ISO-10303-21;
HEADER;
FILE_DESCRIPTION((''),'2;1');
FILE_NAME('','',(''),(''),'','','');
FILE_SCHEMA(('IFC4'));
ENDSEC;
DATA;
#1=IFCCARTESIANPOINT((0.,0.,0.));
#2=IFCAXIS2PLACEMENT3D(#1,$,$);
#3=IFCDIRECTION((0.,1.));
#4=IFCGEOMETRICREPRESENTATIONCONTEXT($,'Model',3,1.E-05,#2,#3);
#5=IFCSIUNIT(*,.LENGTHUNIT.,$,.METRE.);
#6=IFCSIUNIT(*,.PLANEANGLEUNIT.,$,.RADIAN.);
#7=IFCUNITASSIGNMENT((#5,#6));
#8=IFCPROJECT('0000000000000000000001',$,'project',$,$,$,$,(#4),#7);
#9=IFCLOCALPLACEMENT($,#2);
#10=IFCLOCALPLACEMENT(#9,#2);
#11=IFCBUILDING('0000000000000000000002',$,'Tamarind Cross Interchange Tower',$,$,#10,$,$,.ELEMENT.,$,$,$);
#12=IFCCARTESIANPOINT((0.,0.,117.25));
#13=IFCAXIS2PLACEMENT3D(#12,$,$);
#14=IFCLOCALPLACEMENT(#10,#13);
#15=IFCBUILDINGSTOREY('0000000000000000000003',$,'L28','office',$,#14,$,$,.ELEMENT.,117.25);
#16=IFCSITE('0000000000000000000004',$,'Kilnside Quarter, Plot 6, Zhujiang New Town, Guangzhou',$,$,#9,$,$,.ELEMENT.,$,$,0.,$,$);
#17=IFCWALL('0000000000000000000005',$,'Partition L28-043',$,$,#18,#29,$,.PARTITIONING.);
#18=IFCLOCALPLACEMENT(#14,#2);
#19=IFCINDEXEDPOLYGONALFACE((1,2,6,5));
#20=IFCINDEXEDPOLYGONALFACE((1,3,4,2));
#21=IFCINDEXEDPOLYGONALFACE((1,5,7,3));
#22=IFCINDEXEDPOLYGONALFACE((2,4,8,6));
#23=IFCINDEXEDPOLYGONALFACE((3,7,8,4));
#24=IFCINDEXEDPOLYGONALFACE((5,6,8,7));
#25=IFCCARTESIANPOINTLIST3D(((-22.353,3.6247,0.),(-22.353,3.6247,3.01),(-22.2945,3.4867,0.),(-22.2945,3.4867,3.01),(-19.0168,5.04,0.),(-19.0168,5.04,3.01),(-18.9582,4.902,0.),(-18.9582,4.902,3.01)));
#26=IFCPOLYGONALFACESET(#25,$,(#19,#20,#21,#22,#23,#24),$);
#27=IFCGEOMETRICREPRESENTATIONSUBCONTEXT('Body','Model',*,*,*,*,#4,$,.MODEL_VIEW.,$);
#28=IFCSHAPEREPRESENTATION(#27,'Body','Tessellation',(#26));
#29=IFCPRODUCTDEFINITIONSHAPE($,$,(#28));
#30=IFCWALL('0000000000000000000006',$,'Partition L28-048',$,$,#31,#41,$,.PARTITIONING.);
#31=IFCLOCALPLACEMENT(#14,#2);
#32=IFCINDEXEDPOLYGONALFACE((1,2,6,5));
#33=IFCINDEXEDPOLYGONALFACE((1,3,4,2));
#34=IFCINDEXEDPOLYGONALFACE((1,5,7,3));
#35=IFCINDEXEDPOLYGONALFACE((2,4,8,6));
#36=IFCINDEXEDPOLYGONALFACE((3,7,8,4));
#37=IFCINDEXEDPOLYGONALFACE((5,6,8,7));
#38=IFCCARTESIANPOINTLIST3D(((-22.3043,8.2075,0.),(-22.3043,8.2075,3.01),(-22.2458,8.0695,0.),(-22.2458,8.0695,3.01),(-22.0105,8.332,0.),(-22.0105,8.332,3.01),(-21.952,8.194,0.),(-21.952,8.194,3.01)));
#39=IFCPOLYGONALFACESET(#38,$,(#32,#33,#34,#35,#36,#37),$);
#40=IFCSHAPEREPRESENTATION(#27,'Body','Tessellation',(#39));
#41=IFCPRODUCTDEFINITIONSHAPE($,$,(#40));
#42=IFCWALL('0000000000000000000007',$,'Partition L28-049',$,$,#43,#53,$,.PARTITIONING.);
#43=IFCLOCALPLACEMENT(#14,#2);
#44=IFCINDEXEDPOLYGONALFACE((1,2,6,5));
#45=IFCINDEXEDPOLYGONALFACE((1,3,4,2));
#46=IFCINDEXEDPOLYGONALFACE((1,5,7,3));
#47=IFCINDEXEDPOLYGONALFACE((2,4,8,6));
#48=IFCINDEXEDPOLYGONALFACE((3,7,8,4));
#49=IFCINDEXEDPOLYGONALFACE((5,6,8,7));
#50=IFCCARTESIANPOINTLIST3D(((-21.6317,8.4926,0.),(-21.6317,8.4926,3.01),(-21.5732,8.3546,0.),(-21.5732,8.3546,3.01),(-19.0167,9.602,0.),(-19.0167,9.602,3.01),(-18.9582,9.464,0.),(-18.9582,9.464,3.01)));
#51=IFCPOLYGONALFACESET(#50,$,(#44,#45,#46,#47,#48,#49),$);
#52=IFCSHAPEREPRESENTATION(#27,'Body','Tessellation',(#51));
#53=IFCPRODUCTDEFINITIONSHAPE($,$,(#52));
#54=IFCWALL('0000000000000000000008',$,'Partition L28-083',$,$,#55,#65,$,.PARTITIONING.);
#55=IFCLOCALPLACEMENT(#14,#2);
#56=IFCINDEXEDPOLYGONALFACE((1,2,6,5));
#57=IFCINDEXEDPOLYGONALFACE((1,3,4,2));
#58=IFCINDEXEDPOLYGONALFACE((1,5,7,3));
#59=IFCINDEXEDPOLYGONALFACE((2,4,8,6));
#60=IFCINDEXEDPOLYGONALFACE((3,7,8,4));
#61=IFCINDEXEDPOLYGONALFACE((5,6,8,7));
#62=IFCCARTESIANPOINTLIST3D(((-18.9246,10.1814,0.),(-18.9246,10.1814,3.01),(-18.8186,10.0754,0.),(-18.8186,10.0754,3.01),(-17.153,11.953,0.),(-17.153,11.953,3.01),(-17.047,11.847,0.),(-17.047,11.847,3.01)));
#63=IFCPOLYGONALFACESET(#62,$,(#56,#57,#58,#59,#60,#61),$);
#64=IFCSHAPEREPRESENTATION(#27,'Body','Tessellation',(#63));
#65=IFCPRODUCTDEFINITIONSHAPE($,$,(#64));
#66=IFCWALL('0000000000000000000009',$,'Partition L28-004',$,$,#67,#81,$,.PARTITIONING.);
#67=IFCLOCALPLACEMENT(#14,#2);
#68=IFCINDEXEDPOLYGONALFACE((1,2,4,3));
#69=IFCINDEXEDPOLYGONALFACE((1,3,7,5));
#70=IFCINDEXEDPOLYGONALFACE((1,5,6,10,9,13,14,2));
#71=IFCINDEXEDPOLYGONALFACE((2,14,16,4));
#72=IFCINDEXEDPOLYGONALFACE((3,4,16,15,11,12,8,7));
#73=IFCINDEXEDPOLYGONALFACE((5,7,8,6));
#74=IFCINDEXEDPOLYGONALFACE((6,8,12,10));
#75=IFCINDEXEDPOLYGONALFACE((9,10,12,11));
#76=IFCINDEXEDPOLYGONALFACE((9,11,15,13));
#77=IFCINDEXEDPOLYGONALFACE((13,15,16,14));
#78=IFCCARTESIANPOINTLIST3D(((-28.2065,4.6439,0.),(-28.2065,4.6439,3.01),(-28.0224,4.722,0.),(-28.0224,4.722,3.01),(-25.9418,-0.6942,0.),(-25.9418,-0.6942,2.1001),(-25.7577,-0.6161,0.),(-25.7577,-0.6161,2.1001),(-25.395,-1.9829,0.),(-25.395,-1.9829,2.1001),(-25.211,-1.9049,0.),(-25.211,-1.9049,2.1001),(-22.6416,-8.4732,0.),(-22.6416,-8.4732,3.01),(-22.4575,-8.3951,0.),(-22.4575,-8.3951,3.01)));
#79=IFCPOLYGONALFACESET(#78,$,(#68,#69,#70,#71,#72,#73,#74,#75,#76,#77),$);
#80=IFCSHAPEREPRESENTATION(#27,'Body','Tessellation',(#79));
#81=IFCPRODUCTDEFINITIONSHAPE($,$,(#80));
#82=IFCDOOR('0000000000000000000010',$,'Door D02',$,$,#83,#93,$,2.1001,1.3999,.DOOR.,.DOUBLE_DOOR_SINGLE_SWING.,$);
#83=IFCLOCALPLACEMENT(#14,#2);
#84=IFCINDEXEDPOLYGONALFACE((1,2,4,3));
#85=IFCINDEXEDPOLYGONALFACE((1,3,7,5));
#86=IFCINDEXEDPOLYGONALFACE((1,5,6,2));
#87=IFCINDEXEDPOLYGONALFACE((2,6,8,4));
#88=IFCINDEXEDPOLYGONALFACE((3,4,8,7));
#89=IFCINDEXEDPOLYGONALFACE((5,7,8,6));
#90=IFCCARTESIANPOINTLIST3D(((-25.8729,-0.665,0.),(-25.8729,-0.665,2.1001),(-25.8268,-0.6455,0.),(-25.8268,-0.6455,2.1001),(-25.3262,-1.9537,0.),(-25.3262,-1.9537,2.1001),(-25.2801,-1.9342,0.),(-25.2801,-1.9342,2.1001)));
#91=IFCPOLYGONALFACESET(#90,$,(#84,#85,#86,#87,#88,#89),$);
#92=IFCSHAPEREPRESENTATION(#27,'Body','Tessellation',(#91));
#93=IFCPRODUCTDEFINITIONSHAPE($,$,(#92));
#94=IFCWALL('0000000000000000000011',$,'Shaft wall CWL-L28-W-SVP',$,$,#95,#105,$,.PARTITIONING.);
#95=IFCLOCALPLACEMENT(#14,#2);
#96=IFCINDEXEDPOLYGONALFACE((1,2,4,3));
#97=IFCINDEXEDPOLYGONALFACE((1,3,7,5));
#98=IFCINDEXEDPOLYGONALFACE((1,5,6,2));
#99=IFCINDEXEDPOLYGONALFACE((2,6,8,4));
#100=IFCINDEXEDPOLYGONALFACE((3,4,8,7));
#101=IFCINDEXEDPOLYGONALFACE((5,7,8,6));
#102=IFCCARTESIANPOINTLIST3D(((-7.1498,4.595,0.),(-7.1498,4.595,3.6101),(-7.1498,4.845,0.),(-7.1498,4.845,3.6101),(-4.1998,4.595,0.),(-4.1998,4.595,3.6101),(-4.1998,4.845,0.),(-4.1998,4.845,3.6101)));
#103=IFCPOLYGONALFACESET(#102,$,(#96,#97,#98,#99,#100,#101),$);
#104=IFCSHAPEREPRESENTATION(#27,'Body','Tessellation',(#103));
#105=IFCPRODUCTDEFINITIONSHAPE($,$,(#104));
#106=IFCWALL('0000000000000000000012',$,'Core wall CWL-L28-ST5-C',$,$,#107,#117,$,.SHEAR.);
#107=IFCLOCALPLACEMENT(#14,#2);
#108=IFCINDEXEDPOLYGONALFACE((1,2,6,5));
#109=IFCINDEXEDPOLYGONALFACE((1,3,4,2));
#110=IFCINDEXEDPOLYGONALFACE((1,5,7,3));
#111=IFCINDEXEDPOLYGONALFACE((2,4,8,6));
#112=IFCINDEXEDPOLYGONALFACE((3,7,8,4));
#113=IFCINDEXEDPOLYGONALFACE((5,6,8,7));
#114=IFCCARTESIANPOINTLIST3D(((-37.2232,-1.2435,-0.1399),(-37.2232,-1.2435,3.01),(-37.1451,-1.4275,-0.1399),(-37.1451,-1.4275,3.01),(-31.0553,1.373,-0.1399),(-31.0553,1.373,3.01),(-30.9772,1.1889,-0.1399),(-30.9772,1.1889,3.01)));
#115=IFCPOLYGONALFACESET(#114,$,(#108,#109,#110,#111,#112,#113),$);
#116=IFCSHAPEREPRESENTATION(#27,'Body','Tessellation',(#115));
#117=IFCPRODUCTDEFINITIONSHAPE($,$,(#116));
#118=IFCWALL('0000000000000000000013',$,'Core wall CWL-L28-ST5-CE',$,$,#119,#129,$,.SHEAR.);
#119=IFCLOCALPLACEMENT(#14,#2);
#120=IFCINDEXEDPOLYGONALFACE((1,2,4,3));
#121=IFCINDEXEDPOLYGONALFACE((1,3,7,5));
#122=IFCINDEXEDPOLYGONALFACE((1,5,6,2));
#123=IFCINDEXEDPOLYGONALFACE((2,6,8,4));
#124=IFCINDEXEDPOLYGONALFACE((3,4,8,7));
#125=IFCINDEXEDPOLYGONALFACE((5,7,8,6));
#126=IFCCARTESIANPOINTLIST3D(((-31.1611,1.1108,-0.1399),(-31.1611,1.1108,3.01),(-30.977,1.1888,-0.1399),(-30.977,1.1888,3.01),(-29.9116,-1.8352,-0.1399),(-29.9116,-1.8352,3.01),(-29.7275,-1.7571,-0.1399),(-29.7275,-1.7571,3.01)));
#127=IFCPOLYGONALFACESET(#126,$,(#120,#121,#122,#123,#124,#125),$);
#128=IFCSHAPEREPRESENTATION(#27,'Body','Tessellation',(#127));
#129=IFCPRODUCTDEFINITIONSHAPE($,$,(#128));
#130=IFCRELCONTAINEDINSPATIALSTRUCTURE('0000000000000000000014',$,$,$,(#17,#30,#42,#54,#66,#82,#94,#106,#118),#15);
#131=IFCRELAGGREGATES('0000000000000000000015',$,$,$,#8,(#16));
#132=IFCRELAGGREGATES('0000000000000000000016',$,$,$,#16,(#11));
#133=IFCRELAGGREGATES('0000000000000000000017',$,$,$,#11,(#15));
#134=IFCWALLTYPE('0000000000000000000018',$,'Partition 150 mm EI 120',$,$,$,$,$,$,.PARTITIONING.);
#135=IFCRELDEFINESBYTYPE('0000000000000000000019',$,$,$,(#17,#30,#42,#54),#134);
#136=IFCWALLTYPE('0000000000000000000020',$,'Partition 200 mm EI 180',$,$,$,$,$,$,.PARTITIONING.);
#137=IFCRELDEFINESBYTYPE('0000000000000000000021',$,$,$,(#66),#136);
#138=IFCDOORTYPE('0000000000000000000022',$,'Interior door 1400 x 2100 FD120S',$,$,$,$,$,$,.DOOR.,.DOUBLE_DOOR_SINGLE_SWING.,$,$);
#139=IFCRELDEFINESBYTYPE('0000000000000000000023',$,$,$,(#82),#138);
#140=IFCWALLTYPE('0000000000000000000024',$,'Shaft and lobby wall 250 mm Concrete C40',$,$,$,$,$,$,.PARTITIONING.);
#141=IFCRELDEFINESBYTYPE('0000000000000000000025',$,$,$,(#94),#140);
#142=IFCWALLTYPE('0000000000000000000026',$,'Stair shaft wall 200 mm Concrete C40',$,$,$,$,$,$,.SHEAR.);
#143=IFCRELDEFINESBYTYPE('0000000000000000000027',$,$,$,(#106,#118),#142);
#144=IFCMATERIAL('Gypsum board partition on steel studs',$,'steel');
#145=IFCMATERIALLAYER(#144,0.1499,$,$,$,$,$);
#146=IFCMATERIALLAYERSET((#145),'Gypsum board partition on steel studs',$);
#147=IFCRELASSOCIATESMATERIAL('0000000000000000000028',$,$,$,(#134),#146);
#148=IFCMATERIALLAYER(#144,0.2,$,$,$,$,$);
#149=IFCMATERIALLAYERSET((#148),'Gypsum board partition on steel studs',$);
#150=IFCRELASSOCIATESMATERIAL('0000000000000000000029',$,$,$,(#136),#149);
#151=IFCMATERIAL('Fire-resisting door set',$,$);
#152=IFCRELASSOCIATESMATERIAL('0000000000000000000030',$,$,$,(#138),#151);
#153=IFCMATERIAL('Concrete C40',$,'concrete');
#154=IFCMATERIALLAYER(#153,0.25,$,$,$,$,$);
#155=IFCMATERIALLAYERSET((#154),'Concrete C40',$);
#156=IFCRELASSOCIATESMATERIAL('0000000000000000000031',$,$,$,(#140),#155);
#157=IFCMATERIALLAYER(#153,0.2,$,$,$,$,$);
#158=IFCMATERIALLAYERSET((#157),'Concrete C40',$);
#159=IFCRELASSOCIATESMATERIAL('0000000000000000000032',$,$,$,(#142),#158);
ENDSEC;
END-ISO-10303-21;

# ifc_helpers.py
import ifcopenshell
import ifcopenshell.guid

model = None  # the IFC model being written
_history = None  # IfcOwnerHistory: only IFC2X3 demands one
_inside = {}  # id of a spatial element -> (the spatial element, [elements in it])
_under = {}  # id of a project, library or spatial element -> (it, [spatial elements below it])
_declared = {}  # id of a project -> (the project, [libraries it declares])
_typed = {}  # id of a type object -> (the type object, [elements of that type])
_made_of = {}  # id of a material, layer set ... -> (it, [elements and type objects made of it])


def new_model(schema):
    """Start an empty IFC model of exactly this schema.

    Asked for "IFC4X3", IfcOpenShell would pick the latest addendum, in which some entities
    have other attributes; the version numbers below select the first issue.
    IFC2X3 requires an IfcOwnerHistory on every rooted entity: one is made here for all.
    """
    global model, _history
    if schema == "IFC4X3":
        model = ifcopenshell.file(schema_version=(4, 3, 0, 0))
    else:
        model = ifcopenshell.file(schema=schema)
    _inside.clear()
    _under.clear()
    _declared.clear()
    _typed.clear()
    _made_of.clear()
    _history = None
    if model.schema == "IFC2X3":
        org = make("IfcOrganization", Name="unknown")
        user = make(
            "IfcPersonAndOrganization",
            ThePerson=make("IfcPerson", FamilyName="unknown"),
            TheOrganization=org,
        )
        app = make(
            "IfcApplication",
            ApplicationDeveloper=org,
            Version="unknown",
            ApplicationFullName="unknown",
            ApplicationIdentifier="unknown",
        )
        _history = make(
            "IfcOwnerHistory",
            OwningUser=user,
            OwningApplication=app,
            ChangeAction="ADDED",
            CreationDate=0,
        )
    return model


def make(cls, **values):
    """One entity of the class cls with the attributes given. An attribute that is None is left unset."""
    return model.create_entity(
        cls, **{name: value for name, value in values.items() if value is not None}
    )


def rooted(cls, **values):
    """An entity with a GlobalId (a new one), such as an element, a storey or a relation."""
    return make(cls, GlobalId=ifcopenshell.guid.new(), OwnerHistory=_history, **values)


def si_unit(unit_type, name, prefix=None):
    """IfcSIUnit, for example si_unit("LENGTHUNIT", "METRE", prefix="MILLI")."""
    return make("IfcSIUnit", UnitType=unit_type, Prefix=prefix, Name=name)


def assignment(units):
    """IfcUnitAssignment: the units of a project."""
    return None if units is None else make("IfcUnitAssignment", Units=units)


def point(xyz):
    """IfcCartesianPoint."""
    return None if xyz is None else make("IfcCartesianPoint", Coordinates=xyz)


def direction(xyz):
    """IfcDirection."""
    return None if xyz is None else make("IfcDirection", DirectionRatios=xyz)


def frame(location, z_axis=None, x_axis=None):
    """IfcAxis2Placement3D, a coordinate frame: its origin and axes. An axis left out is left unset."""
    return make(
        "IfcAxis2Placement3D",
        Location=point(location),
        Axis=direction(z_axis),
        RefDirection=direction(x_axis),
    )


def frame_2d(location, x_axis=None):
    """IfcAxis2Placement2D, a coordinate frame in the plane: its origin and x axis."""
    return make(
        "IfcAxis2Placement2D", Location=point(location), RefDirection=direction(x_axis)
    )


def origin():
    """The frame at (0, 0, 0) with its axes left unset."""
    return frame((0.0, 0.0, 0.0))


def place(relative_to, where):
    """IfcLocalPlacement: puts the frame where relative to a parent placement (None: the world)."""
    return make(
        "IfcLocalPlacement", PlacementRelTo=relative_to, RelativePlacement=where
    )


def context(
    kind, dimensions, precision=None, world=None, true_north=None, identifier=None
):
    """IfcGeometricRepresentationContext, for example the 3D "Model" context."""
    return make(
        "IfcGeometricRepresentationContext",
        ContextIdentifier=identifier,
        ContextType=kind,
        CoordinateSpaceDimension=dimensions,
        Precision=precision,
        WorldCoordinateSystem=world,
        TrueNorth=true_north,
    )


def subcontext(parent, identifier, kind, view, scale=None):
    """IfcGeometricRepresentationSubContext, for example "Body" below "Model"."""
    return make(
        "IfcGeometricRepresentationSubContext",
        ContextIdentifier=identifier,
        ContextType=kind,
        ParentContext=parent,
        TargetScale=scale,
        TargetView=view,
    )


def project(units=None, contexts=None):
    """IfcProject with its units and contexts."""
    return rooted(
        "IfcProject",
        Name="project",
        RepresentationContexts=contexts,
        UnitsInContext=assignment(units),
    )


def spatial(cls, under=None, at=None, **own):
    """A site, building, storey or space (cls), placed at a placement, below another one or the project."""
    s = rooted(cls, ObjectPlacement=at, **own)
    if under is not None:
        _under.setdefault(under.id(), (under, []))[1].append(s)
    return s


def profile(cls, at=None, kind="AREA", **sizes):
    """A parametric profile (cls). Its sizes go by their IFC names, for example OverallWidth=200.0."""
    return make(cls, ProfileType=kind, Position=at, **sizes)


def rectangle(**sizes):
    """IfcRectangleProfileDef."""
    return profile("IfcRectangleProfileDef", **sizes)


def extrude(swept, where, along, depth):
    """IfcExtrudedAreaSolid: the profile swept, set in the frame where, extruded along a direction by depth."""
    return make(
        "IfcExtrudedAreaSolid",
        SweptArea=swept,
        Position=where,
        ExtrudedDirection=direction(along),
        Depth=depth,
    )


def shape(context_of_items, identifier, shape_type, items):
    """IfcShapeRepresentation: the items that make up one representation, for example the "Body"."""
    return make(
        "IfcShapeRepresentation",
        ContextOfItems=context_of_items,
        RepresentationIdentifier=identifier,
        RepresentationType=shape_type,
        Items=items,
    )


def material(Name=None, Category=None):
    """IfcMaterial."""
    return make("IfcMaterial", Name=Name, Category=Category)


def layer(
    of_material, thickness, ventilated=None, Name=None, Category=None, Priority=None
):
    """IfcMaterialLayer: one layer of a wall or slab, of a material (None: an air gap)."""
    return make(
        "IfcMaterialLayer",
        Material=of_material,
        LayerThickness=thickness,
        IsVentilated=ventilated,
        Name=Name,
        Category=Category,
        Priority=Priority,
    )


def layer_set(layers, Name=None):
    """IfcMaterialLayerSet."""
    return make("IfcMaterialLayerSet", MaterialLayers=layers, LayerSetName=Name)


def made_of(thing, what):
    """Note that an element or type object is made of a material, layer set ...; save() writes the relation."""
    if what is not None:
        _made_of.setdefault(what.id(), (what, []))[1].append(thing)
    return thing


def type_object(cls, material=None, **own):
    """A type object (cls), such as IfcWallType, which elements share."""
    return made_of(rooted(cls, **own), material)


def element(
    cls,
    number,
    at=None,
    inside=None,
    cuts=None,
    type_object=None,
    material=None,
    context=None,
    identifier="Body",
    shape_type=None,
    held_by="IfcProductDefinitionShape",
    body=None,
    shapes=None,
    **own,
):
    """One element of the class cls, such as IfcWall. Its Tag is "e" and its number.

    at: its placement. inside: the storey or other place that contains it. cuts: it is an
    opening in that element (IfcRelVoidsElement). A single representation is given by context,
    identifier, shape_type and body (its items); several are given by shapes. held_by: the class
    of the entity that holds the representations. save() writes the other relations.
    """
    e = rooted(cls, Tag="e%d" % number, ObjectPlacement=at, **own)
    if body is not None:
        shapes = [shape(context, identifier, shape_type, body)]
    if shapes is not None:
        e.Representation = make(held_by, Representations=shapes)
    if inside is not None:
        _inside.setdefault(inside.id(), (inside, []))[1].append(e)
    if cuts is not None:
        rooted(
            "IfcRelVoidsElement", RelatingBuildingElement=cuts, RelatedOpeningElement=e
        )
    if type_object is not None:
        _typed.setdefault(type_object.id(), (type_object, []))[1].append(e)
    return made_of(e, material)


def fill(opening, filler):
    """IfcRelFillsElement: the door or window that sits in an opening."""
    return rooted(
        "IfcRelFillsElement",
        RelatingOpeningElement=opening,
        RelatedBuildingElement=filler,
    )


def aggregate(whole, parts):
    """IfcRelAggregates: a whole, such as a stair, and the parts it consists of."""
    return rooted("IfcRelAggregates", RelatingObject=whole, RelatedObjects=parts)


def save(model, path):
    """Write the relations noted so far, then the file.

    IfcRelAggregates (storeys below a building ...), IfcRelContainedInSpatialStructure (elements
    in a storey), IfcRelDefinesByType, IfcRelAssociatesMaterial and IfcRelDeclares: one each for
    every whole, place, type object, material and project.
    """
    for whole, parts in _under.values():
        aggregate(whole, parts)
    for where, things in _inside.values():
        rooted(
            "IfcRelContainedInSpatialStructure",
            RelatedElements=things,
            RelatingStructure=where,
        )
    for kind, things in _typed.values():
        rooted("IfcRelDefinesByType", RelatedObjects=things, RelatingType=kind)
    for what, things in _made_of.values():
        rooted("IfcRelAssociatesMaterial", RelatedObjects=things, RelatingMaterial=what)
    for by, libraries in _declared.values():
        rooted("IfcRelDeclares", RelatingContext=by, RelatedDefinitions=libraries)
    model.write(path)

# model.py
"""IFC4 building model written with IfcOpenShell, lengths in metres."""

from ifc_helpers import new_model, si_unit, direction, frame, frame_2d, origin, place, context, subcontext, project, spatial, rectangle, extrude, material, layer, layer_set, type_object, element, fill, save


model = new_model("IFC4")

# Units and contexts
model_context = context("Model", 3, precision=1e-05, world=origin(), true_north=direction((0.0, 1.0)))
body_context = subcontext(model_context, "Body", "Model", "MODEL_VIEW")
ifc_project = project(units=[si_unit("LENGTHUNIT", "METRE"), si_unit("PLANEANGLEUNIT", "RADIAN")], contexts=[model_context])

# Site, building, storey
site_placement = place(None, origin())
site = spatial("IfcSite", under=ifc_project, at=site_placement, Name="Kilnside Quarter, Plot 6, Zhujiang New Town, Guangzhou", CompositionType="ELEMENT", RefElevation=0.0)
building_placement = place(site_placement, origin())
building = spatial("IfcBuilding", under=site, at=building_placement, Name="Tamarind Cross Interchange Tower", CompositionType="ELEMENT")
storey_placement = place(building_placement, frame((0.0, 0.0, 117.25)))
storey = spatial("IfcBuildingStorey", under=building, at=storey_placement, Name="L28", Description="office", CompositionType="ELEMENT", Elevation=117.25)

# Shared definitions
ifc_material_1 = material(Name="Gypsum board partition on steel studs", Category="steel")

# Shared definitions
ifc_layer_1 = layer(ifc_material_1, 0.1499)
ifc_layer_set_1 = layer_set([ifc_layer_1], Name="Gypsum board partition on steel studs")
wall_type_1 = type_object("IfcWallType", Name="Partition 150 mm EI 120", PredefinedType="PARTITIONING", material=ifc_layer_set_1)
ifc_material_2 = material(Name="Fire-resisting door set")

# Walls
wall_1_placement = place(storey_placement, frame((-22.3237, 3.5557, 0.0), z_axis=(0.0, 0.0, 1.0), x_axis=(0.920588, 0.390534, 0.0)))
element("IfcWall", 1, at=wall_1_placement, inside=storey, type_object=wall_type_1, Name="Partition L28-043", PredefinedType="PARTITIONING", context=body_context, shape_type="SweptSolid", body=[
    extrude(rectangle(XDim=3.624, YDim=0.1499, at=frame_2d((1.812, 0.0))), origin(), (0.0, 0.0, 1.0), 3.01),
])
wall_2_placement = place(storey_placement, frame((-22.2751, 8.1384, 0.0), z_axis=(0.0, 0.0, 1.0), x_axis=(0.920682, 0.390314, 0.0)))
element("IfcWall", 2, at=wall_2_placement, inside=storey, type_object=wall_type_1, Name="Partition L28-048", PredefinedType="PARTITIONING", context=body_context, shape_type="SweptSolid", body=[
    extrude(rectangle(XDim=0.3191, YDim=0.1499, at=frame_2d((0.1597, 0.0))), origin(), (0.0, 0.0, 1.0), 3.01),
])
wall_3_placement = place(storey_placement, frame((-21.6025, 8.4236, 0.0), z_axis=(0.0, 0.0, 1.0), x_axis=(0.920584, 0.390545, 0.0)))
element("IfcWall", 3, at=wall_3_placement, inside=storey, type_object=wall_type_1, Name="Partition L28-049", PredefinedType="PARTITIONING", context=body_context, shape_type="SweptSolid", body=[
    extrude(rectangle(XDim=2.8406, YDim=0.1499, at=frame_2d((1.4204, 0.0))), origin(), (0.0, 0.0, 1.0), 3.01),
])
wall_4_placement = place(storey_placement, frame((-18.8716, 10.1284, 0.0), z_axis=(0.0, 0.0, 1.0), x_axis=(0.707107, 0.707107, 0.0)))
element("IfcWall", 4, at=wall_4_placement, inside=storey, type_object=wall_type_1, Name="Partition L28-083", PredefinedType="PARTITIONING", context=body_context, shape_type="SweptSolid", body=[
    extrude(rectangle(XDim=2.5054, YDim=0.1499, at=frame_2d((1.2527, 0.0))), origin(), (0.0, 0.0, 1.0), 3.01),
])

# Wall, opening, door
ifc_layer_2 = layer(ifc_material_1, 0.2)
ifc_layer_set_2 = layer_set([ifc_layer_2], Name="Gypsum board partition on steel studs")
wall_type_2 = type_object("IfcWallType", Name="Partition 200 mm EI 180", PredefinedType="PARTITIONING", material=ifc_layer_set_2)
wall_5_placement = place(storey_placement, frame((-28.1145, 4.6831, 0.0), z_axis=(0.0, 0.0, 1.0), x_axis=(0.390554, -0.92058, 0.0)))
wall_5 = element("IfcWall", 5, at=wall_5_placement, inside=storey, type_object=wall_type_2, Name="Partition L28-004", PredefinedType="PARTITIONING", context=body_context, shape_type="SweptSolid", body=[
    extrude(rectangle(XDim=14.2488, YDim=0.2, at=frame_2d((7.1245, 0.0))), origin(), (0.0, 0.0, 1.0), 3.01),
])
opening_1_placement = place(wall_5_placement, frame((5.7988, 0.0, 0.0)))
opening_1 = element("IfcOpeningElement", 6, at=opening_1_placement, cuts=wall_5, PredefinedType="OPENING", context=body_context, shape_type="SweptSolid", body=[
    extrude(rectangle(XDim=1.3999, YDim=2.1001, at=frame_2d((0.7, 1.05))), frame((0.0, 0.1099, 0.0), z_axis=(0.0, -1.0, 0.0), x_axis=(1.0, 0.0, 0.0)), (0.0, 0.0, 1.0), 0.22),
])
door_type_1 = type_object("IfcDoorType", Name="Interior door 1400 x 2100 FD120S", OperationType="DOUBLE_DOOR_SINGLE_SWING", PredefinedType="DOOR", material=ifc_material_2)
door_1_placement = place(opening_1_placement, origin())
door_1 = element("IfcDoor", 7, at=door_1_placement, inside=storey, type_object=door_type_1, Name="Door D02", OperationType="DOUBLE_DOOR_SINGLE_SWING", OverallHeight=2.1001, OverallWidth=1.3999, PredefinedType="DOOR", context=body_context, shape_type="SweptSolid", body=[
    extrude(rectangle(XDim=1.3999, YDim=2.1001, at=frame_2d((0.7, 1.05))), frame((0.0, 0.0249, 0.0), z_axis=(0.0, -1.0, 0.0), x_axis=(1.0, 0.0, 0.0)), (0.0, 0.0, 1.0), 0.05),
])
fill(opening_1, door_1)

# Walls
ifc_material_3 = material(Name="Concrete C40", Category="concrete")
ifc_layer_3 = layer(ifc_material_3, 0.25)
ifc_layer_set_3 = layer_set([ifc_layer_3], Name="Concrete C40")
wall_type_3 = type_object("IfcWallType", Name="Shaft and lobby wall 250 mm Concrete C40", PredefinedType="PARTITIONING", material=ifc_layer_set_3)
wall_6_placement = place(storey_placement, frame((-7.1499, 4.72, 0.0), z_axis=(0.0, 0.0, 1.0), x_axis=(1.0, 0.0, 0.0)))
element("IfcWall", 8, at=wall_6_placement, inside=storey, type_object=wall_type_3, Name="Shaft wall CWL-L28-W-SVP", PredefinedType="PARTITIONING", context=body_context, shape_type="SweptSolid", body=[
    extrude(rectangle(XDim=2.95, YDim=0.25, at=frame_2d((1.4751, 0.0))), origin(), (0.0, 0.0, 1.0), 3.6101),
])
ifc_layer_4 = layer(ifc_material_3, 0.2)
ifc_layer_set_4 = layer_set([ifc_layer_4], Name="Concrete C40")
wall_type_4 = type_object("IfcWallType", Name="Stair shaft wall 200 mm Concrete C40", PredefinedType="SHEAR", material=ifc_layer_set_4)
wall_7_placement = place(storey_placement, frame((-31.0161, 1.281, -0.1399), z_axis=(0.0, 0.0, 1.0), x_axis=(-0.920596, -0.390517, 0.0)))
element("IfcWall", 9, at=wall_7_placement, inside=storey, type_object=wall_type_4, Name="Core wall CWL-L28-ST5-C", PredefinedType="SHEAR", context=body_context, shape_type="SweptSolid", body=[
    extrude(rectangle(XDim=6.7, YDim=0.2, at=frame_2d((3.3501, 0.0))), origin(), (0.0, 0.0, 1.0), 3.1499),
])
wall_8_placement = place(storey_placement, frame((-31.0691, 1.1499, -0.1399), z_axis=(0.0, 0.0, 1.0), x_axis=(0.390464, -0.920618, 0.0)))
element("IfcWall", 10, at=wall_8_placement, inside=storey, type_object=wall_type_4, Name="Core wall CWL-L28-ST5-CE", PredefinedType="SHEAR", context=body_context, shape_type="SweptSolid", body=[
    extrude(rectangle(XDim=3.2, YDim=0.2, at=frame_2d((1.6001, 0.0))), origin(), (0.0, 0.0, 1.0), 3.1499),
])

save(model, "model.ifc")
